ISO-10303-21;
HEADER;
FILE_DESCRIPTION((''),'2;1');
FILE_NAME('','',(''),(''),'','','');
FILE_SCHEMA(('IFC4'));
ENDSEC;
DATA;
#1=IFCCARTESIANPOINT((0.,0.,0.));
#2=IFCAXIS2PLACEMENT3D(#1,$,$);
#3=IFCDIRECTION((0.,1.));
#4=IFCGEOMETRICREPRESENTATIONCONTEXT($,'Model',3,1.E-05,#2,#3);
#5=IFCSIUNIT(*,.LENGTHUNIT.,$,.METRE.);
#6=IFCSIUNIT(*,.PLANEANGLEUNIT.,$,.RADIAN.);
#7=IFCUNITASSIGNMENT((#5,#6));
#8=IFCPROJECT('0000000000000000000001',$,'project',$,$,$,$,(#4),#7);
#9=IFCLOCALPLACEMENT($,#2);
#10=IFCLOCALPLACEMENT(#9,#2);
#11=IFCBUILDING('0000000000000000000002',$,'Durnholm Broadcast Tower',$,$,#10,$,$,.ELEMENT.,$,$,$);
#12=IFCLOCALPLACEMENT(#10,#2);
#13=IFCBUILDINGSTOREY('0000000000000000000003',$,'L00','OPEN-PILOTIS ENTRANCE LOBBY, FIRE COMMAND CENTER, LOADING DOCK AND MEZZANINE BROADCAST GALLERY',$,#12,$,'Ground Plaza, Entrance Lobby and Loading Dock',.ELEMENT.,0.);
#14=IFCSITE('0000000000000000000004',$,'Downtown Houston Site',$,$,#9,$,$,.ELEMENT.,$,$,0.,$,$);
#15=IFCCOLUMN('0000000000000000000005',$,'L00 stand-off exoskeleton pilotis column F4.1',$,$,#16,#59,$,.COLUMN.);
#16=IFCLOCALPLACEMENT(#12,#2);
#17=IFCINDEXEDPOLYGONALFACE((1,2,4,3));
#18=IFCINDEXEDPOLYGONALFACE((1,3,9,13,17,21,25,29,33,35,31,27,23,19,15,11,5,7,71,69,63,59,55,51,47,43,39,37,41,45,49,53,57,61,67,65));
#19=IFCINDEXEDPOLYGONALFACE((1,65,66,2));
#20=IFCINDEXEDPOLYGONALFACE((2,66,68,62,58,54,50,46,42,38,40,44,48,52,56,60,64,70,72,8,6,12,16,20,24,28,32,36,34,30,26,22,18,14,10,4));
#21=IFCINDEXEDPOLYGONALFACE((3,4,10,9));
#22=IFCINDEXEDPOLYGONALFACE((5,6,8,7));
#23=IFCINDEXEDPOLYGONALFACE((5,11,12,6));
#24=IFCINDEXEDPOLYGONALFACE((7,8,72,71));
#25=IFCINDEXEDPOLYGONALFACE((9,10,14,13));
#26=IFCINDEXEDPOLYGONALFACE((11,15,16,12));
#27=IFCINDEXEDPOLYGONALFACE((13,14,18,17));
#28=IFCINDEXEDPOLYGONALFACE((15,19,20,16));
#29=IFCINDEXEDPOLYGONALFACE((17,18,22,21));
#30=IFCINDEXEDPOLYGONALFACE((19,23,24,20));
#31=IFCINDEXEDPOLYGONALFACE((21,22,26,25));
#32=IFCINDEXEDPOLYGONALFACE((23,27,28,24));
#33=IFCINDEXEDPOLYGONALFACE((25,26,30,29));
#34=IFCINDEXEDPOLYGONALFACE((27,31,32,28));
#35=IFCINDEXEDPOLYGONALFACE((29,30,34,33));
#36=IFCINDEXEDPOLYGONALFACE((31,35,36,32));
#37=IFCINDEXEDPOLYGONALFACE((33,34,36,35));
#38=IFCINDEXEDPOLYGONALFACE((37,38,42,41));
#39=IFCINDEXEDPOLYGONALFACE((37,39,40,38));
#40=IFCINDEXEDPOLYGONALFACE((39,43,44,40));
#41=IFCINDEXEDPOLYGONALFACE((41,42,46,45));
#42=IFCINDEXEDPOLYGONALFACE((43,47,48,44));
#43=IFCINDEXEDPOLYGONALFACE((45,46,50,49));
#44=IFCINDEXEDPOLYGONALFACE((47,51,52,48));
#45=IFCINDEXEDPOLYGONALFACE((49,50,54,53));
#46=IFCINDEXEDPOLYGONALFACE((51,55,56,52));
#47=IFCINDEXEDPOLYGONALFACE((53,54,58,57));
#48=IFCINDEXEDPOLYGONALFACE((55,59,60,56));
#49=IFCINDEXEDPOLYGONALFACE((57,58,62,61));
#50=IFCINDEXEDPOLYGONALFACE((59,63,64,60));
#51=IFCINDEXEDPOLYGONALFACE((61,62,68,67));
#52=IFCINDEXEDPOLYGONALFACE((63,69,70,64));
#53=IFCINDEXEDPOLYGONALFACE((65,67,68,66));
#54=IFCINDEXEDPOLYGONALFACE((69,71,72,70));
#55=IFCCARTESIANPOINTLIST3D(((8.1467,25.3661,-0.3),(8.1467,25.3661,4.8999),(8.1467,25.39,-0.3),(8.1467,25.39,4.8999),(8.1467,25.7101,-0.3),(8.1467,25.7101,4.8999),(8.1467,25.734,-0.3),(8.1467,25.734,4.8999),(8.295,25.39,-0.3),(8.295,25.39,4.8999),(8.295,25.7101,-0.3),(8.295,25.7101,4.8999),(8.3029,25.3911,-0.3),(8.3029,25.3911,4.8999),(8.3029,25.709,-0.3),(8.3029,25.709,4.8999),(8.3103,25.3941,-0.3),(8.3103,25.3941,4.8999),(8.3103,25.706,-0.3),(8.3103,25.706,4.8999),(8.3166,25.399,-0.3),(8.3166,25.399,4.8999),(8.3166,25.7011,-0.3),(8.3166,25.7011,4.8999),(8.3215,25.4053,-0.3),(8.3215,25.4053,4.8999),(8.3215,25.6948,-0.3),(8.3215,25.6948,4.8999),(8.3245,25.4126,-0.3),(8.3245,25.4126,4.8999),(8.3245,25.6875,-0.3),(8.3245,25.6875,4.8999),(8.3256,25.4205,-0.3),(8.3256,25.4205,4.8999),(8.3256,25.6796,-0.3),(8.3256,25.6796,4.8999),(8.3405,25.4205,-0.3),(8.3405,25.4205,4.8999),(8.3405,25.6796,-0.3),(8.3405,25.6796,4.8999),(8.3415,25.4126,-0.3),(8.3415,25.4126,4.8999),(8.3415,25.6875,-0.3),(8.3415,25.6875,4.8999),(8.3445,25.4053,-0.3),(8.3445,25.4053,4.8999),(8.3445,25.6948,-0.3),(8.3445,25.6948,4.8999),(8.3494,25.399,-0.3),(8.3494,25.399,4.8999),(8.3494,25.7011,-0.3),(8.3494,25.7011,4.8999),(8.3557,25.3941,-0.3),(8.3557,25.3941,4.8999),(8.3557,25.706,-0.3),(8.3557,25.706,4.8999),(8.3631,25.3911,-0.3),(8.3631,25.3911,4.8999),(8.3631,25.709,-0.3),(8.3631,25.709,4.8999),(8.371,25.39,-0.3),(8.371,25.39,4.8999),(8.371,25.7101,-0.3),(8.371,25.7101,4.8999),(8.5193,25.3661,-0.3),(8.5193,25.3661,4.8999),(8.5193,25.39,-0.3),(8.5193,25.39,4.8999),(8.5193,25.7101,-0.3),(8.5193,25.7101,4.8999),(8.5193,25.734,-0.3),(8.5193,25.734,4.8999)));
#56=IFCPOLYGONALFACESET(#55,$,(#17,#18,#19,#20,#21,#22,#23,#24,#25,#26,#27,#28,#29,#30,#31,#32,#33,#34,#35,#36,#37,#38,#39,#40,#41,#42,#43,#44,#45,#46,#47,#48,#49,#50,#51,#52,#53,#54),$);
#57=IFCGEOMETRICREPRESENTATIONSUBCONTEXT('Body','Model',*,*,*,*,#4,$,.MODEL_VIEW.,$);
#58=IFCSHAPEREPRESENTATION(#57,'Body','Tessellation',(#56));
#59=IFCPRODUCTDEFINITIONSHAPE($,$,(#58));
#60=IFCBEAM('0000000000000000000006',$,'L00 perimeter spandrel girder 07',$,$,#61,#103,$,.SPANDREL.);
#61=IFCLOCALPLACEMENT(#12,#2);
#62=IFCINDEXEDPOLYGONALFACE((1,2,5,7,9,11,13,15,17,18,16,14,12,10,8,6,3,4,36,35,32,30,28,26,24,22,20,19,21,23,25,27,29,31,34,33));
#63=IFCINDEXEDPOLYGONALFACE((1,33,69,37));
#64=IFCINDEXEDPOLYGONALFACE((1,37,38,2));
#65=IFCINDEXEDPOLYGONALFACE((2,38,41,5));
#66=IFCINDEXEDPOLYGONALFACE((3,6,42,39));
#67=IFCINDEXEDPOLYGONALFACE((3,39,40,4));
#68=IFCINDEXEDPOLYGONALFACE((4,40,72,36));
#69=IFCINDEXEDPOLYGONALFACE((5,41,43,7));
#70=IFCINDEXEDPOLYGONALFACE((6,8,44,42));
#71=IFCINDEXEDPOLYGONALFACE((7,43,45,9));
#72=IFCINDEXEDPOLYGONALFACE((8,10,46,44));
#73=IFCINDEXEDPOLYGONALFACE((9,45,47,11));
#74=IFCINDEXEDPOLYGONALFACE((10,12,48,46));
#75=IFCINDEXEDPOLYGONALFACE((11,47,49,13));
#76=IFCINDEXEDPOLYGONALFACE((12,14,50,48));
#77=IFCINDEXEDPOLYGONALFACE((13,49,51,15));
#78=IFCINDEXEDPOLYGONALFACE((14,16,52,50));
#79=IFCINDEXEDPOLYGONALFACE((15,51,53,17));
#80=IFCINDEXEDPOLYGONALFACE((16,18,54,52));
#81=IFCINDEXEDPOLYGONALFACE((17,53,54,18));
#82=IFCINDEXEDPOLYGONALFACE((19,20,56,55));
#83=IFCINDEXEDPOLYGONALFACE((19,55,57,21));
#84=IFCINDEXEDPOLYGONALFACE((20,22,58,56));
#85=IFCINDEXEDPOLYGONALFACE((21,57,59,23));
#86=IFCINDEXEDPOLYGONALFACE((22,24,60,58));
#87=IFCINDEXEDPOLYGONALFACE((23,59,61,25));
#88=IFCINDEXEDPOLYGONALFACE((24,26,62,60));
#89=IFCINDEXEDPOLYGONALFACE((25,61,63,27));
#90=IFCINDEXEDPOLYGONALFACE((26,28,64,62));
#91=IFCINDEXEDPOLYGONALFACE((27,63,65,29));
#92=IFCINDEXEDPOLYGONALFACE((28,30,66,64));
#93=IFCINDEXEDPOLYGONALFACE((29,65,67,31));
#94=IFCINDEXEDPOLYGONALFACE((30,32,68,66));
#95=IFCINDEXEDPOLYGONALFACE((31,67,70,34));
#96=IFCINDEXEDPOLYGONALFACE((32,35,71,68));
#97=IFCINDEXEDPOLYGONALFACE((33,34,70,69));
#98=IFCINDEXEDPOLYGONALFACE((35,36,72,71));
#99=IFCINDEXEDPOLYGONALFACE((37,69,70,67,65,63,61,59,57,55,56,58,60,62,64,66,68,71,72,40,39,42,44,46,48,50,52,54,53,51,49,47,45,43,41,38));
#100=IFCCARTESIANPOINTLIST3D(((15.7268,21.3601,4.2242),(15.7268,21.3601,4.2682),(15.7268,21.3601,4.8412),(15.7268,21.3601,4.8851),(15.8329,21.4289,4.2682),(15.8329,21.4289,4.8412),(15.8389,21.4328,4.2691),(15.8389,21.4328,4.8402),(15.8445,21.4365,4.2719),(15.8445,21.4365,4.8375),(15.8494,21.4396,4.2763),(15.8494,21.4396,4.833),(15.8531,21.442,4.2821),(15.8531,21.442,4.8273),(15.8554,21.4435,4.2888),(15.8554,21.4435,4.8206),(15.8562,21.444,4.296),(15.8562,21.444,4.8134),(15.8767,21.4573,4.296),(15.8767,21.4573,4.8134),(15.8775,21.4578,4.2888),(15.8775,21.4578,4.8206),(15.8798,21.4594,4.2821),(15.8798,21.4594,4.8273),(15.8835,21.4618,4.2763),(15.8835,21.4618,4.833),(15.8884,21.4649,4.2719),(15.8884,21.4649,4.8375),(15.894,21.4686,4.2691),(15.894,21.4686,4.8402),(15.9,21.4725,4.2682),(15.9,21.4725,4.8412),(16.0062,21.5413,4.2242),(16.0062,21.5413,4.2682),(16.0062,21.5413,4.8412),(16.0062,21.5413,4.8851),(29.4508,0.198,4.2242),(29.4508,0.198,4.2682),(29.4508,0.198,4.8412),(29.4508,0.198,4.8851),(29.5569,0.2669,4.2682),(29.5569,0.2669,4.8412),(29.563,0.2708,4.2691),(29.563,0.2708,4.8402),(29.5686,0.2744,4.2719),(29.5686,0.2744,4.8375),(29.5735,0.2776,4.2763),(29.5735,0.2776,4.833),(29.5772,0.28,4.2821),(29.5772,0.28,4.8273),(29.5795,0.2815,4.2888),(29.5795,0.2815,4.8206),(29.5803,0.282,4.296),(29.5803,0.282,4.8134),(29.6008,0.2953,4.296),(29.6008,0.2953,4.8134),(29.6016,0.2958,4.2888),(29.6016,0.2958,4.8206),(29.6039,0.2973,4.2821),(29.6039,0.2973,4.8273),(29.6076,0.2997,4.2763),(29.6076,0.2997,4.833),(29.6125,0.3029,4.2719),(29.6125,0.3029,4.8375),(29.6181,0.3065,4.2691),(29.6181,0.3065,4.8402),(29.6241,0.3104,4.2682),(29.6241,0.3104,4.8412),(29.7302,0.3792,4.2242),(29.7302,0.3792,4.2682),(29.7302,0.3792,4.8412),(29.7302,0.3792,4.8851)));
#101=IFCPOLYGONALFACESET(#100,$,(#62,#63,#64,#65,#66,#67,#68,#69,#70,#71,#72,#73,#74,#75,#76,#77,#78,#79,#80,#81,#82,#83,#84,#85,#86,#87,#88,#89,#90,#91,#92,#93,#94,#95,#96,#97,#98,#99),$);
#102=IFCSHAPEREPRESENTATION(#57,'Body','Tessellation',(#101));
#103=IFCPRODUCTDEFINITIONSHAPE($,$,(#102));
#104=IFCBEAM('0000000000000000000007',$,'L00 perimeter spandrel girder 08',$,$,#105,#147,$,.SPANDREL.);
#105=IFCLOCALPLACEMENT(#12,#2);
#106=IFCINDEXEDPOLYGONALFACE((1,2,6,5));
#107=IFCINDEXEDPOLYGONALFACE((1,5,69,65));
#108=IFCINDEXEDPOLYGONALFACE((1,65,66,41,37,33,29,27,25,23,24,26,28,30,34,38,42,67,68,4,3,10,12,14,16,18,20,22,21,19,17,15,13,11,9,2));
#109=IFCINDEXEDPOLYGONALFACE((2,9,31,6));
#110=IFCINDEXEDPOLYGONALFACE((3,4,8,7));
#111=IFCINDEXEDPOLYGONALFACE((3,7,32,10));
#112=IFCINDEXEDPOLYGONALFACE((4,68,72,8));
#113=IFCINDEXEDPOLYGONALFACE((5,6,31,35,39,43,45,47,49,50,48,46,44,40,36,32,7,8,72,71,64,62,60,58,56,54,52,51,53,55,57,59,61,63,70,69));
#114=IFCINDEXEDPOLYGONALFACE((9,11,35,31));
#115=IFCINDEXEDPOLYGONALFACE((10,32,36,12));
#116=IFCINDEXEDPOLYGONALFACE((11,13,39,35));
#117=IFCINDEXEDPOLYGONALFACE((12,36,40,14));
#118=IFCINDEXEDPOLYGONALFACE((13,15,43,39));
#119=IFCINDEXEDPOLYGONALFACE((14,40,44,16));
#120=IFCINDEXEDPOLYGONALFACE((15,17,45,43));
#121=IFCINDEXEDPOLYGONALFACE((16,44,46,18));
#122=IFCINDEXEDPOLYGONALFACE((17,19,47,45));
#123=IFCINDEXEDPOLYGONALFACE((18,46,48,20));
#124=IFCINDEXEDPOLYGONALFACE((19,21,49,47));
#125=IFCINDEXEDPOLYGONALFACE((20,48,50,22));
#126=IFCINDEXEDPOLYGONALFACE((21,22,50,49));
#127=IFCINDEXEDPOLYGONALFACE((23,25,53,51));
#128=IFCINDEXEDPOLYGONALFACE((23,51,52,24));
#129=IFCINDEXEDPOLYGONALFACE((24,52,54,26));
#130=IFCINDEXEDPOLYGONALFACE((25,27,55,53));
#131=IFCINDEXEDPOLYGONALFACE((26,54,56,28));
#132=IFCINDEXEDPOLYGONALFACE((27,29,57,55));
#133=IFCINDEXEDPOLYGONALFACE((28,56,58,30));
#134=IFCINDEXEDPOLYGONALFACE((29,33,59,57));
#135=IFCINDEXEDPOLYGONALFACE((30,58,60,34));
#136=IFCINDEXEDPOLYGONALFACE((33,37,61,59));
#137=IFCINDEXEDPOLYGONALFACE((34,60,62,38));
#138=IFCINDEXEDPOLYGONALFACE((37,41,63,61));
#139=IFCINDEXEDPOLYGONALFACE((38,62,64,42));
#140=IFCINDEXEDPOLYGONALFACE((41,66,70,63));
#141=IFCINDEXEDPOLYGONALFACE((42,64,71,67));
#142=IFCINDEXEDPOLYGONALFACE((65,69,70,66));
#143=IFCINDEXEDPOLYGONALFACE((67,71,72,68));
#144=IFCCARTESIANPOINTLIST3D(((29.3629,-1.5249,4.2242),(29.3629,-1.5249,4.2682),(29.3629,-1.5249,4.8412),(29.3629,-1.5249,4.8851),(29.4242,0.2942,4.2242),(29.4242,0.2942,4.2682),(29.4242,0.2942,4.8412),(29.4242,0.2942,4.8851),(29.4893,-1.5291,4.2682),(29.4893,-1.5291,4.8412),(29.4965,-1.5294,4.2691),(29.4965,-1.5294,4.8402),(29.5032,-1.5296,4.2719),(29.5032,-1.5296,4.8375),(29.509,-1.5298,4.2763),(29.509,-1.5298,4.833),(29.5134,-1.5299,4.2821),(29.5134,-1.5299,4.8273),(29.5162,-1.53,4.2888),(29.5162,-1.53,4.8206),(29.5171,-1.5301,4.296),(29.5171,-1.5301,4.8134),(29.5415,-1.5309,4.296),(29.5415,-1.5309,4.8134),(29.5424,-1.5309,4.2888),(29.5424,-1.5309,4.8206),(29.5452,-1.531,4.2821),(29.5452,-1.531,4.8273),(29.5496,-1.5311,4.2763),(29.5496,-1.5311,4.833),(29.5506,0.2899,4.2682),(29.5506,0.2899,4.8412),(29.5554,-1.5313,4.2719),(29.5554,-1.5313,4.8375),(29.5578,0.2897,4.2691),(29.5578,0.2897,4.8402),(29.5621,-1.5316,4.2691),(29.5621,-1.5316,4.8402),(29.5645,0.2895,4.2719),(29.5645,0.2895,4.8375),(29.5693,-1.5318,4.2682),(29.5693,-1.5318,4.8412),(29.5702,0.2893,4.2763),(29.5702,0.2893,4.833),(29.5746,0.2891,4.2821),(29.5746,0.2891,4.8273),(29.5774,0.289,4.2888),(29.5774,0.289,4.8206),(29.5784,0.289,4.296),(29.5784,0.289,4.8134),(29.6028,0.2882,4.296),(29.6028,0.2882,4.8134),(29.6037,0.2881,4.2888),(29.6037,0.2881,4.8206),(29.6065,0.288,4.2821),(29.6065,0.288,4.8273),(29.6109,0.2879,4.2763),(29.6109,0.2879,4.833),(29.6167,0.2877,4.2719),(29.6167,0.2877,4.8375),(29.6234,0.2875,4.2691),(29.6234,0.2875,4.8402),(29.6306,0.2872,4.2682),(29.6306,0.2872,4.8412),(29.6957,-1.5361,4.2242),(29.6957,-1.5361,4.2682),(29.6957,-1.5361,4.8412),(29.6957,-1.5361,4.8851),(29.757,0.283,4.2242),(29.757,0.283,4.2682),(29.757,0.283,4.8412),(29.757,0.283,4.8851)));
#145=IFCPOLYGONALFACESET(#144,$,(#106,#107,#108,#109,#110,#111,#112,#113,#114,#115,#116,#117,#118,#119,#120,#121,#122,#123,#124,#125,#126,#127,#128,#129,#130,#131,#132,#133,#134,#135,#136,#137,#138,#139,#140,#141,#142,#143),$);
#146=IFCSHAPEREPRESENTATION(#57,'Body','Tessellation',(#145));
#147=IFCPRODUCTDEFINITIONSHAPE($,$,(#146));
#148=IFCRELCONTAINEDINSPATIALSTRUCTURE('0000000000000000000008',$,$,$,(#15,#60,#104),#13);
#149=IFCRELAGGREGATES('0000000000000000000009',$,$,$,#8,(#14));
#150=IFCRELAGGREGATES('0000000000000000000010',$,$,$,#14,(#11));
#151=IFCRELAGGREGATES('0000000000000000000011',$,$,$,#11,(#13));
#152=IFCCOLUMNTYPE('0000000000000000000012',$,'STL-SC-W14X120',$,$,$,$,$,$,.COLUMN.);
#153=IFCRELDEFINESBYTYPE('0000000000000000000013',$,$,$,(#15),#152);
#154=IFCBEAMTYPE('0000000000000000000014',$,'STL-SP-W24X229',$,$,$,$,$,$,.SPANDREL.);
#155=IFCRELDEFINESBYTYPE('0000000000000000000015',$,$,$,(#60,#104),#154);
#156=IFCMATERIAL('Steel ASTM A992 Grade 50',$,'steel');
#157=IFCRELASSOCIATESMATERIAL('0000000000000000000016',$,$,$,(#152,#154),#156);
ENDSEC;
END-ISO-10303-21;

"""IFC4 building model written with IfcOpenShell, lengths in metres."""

from ifc_helpers import new_model, si_unit, direction, frame, origin, origin_2d, place, context, subcontext, project, spatial, i_section, extrude, source, transform, mapped, material, material_profile, profile_set, type_object, type_shapes, element, save


model = new_model("IFC4")

# Units and contexts
model_context = context("Model", 3, precision=1e-05, world=origin(), true_north=direction((0.0, 1.0)))
body_context = subcontext(model_context, "Body", "Model", "MODEL_VIEW")
ifc_project = project(units=[si_unit("LENGTHUNIT", "METRE"), si_unit("PLANEANGLEUNIT", "RADIAN")], contexts=[model_context])

# Site, building, storey
site_placement = place(None, origin())
site = spatial("IfcSite", under=ifc_project, at=site_placement, Name="Downtown Houston Site", CompositionType="ELEMENT", RefElevation=0.0)
building_placement = place(site_placement, origin())
building = spatial("IfcBuilding", under=site, at=building_placement, Name="Durnholm Broadcast Tower", CompositionType="ELEMENT")
storey_placement = place(building_placement, origin())
storey = spatial("IfcBuildingStorey", under=building, at=storey_placement, Name="L00", Description="OPEN-PILOTIS ENTRANCE LOBBY, FIRE COMMAND CENTER, LOADING DOCK AND MEZZANINE BROADCAST GALLERY", LongName="Ground Plaza, Entrance Lobby and Loading Dock", CompositionType="ELEMENT", Elevation=0.0)

# Column
ifc_material_1 = material(Name="Steel ASTM A992 Grade 50", Category="steel")
ifc_material_profile_1 = material_profile(ifc_material_1, i_section(OverallWidth=0.3726, OverallDepth=0.3679, WebThickness=0.0149, FlangeThickness=0.0239, FilletRadius=0.0305, at=origin_2d()), Name="W14X120")
ifc_profile_set_1 = profile_set([ifc_material_profile_1], Name="Steel ASTM A992 Grade 50")
column_type_1 = type_object("IfcColumnType", Name="STL-SC-W14X120", PredefinedType="COLUMN", material=ifc_profile_set_1)
shared_shape_1 = source(origin(), body_context, "Body", "SweptSolid", [
    extrude(i_section(OverallWidth=0.3726, OverallDepth=0.3679, WebThickness=0.0149, FlangeThickness=0.0239, FilletRadius=0.0305, at=origin_2d()), origin(), (0.0, 0.0, 1.0), 5.2),
])
type_shapes(column_type_1, [shared_shape_1])
for number, where, z_axis, x_axis, name in (
    (1, (8.333, 25.55, -0.3), (0.0, 0.0, 1.0), (1.0, 0.0, 0.0), "L00 stand-off exoskeleton pilotis column F4.1"),
):
    element("IfcColumn", number, at=place(storey_placement, frame(where, z_axis=z_axis, x_axis=x_axis)), inside=storey, type_object=column_type_1, Name=name, PredefinedType="COLUMN", context=body_context, shape_type="MappedRepresentation", body=[
        mapped(shared_shape_1, transform((0.0, 0.0, 0.0), x_axis=(1.0, 0.0, 0.0), y_axis=(0.0, 1.0, 0.0), z_axis=(0.0, 0.0, 1.0), scale=1.0)),
    ])

# Beams
ifc_material_profile_2 = material_profile(ifc_material_1, i_section(OverallWidth=0.333, OverallDepth=0.6609, WebThickness=0.0244, FlangeThickness=0.0439, FilletRadius=0.0278, at=origin_2d()), Name="W24X229")
ifc_profile_set_2 = profile_set([ifc_material_profile_2], Name="Steel ASTM A992 Grade 50")
beam_type_1 = type_object("IfcBeamType", Name="STL-SP-W24X229", PredefinedType="SPANDREL", material=ifc_profile_set_2)
shared_shape_2 = source(origin(), body_context, "Body", "SweptSolid", [
    extrude(i_section(OverallWidth=0.333, OverallDepth=0.6609, WebThickness=0.0244, FlangeThickness=0.0439, FilletRadius=0.0278, at=origin_2d()), origin(), (0.0, 0.0, 1.0), 25.2227),
])
beam_1_placement = place(storey_placement, frame((15.8665, 21.4507, 4.5547), z_axis=(0.544117, -0.839009, 0.0), x_axis=(0.839009, 0.544117, 0.0)))
element("IfcBeam", 2, at=beam_1_placement, inside=storey, type_object=beam_type_1, Name="L00 perimeter spandrel girder 07", PredefinedType="SPANDREL", context=body_context, shape_type="MappedRepresentation", body=[
    mapped(shared_shape_2, transform((0.0, 0.0, 0.0), x_axis=(1.0, 0.0, 0.0), y_axis=(0.0, 1.0, 0.0), z_axis=(0.0, 0.0, 1.0), scale=1.0)),
])
shared_shape_3 = source(origin(), body_context, "Body", "SweptSolid", [
    extrude(i_section(OverallWidth=0.333, OverallDepth=0.6609, WebThickness=0.0244, FlangeThickness=0.0439, FilletRadius=0.0278, at=origin_2d()), origin(), (0.0, 0.0, 1.0), 1.8201),
])
beam_2_placement = place(storey_placement, frame((29.5906, 0.2886, 4.5547), z_axis=(-0.033668, -0.999433, 0.0), x_axis=(0.999433, -0.033668, 0.0)))
element("IfcBeam", 3, at=beam_2_placement, inside=storey, type_object=beam_type_1, Name="L00 perimeter spandrel girder 08", PredefinedType="SPANDREL", context=body_context, shape_type="MappedRepresentation", body=[
    mapped(shared_shape_3, transform((0.0, 0.0, 0.0), x_axis=(1.0, 0.0, 0.0), y_axis=(0.0, 1.0, 0.0), z_axis=(0.0, 0.0, 1.0), scale=1.0)),
])

save(model, "model.ifc")
